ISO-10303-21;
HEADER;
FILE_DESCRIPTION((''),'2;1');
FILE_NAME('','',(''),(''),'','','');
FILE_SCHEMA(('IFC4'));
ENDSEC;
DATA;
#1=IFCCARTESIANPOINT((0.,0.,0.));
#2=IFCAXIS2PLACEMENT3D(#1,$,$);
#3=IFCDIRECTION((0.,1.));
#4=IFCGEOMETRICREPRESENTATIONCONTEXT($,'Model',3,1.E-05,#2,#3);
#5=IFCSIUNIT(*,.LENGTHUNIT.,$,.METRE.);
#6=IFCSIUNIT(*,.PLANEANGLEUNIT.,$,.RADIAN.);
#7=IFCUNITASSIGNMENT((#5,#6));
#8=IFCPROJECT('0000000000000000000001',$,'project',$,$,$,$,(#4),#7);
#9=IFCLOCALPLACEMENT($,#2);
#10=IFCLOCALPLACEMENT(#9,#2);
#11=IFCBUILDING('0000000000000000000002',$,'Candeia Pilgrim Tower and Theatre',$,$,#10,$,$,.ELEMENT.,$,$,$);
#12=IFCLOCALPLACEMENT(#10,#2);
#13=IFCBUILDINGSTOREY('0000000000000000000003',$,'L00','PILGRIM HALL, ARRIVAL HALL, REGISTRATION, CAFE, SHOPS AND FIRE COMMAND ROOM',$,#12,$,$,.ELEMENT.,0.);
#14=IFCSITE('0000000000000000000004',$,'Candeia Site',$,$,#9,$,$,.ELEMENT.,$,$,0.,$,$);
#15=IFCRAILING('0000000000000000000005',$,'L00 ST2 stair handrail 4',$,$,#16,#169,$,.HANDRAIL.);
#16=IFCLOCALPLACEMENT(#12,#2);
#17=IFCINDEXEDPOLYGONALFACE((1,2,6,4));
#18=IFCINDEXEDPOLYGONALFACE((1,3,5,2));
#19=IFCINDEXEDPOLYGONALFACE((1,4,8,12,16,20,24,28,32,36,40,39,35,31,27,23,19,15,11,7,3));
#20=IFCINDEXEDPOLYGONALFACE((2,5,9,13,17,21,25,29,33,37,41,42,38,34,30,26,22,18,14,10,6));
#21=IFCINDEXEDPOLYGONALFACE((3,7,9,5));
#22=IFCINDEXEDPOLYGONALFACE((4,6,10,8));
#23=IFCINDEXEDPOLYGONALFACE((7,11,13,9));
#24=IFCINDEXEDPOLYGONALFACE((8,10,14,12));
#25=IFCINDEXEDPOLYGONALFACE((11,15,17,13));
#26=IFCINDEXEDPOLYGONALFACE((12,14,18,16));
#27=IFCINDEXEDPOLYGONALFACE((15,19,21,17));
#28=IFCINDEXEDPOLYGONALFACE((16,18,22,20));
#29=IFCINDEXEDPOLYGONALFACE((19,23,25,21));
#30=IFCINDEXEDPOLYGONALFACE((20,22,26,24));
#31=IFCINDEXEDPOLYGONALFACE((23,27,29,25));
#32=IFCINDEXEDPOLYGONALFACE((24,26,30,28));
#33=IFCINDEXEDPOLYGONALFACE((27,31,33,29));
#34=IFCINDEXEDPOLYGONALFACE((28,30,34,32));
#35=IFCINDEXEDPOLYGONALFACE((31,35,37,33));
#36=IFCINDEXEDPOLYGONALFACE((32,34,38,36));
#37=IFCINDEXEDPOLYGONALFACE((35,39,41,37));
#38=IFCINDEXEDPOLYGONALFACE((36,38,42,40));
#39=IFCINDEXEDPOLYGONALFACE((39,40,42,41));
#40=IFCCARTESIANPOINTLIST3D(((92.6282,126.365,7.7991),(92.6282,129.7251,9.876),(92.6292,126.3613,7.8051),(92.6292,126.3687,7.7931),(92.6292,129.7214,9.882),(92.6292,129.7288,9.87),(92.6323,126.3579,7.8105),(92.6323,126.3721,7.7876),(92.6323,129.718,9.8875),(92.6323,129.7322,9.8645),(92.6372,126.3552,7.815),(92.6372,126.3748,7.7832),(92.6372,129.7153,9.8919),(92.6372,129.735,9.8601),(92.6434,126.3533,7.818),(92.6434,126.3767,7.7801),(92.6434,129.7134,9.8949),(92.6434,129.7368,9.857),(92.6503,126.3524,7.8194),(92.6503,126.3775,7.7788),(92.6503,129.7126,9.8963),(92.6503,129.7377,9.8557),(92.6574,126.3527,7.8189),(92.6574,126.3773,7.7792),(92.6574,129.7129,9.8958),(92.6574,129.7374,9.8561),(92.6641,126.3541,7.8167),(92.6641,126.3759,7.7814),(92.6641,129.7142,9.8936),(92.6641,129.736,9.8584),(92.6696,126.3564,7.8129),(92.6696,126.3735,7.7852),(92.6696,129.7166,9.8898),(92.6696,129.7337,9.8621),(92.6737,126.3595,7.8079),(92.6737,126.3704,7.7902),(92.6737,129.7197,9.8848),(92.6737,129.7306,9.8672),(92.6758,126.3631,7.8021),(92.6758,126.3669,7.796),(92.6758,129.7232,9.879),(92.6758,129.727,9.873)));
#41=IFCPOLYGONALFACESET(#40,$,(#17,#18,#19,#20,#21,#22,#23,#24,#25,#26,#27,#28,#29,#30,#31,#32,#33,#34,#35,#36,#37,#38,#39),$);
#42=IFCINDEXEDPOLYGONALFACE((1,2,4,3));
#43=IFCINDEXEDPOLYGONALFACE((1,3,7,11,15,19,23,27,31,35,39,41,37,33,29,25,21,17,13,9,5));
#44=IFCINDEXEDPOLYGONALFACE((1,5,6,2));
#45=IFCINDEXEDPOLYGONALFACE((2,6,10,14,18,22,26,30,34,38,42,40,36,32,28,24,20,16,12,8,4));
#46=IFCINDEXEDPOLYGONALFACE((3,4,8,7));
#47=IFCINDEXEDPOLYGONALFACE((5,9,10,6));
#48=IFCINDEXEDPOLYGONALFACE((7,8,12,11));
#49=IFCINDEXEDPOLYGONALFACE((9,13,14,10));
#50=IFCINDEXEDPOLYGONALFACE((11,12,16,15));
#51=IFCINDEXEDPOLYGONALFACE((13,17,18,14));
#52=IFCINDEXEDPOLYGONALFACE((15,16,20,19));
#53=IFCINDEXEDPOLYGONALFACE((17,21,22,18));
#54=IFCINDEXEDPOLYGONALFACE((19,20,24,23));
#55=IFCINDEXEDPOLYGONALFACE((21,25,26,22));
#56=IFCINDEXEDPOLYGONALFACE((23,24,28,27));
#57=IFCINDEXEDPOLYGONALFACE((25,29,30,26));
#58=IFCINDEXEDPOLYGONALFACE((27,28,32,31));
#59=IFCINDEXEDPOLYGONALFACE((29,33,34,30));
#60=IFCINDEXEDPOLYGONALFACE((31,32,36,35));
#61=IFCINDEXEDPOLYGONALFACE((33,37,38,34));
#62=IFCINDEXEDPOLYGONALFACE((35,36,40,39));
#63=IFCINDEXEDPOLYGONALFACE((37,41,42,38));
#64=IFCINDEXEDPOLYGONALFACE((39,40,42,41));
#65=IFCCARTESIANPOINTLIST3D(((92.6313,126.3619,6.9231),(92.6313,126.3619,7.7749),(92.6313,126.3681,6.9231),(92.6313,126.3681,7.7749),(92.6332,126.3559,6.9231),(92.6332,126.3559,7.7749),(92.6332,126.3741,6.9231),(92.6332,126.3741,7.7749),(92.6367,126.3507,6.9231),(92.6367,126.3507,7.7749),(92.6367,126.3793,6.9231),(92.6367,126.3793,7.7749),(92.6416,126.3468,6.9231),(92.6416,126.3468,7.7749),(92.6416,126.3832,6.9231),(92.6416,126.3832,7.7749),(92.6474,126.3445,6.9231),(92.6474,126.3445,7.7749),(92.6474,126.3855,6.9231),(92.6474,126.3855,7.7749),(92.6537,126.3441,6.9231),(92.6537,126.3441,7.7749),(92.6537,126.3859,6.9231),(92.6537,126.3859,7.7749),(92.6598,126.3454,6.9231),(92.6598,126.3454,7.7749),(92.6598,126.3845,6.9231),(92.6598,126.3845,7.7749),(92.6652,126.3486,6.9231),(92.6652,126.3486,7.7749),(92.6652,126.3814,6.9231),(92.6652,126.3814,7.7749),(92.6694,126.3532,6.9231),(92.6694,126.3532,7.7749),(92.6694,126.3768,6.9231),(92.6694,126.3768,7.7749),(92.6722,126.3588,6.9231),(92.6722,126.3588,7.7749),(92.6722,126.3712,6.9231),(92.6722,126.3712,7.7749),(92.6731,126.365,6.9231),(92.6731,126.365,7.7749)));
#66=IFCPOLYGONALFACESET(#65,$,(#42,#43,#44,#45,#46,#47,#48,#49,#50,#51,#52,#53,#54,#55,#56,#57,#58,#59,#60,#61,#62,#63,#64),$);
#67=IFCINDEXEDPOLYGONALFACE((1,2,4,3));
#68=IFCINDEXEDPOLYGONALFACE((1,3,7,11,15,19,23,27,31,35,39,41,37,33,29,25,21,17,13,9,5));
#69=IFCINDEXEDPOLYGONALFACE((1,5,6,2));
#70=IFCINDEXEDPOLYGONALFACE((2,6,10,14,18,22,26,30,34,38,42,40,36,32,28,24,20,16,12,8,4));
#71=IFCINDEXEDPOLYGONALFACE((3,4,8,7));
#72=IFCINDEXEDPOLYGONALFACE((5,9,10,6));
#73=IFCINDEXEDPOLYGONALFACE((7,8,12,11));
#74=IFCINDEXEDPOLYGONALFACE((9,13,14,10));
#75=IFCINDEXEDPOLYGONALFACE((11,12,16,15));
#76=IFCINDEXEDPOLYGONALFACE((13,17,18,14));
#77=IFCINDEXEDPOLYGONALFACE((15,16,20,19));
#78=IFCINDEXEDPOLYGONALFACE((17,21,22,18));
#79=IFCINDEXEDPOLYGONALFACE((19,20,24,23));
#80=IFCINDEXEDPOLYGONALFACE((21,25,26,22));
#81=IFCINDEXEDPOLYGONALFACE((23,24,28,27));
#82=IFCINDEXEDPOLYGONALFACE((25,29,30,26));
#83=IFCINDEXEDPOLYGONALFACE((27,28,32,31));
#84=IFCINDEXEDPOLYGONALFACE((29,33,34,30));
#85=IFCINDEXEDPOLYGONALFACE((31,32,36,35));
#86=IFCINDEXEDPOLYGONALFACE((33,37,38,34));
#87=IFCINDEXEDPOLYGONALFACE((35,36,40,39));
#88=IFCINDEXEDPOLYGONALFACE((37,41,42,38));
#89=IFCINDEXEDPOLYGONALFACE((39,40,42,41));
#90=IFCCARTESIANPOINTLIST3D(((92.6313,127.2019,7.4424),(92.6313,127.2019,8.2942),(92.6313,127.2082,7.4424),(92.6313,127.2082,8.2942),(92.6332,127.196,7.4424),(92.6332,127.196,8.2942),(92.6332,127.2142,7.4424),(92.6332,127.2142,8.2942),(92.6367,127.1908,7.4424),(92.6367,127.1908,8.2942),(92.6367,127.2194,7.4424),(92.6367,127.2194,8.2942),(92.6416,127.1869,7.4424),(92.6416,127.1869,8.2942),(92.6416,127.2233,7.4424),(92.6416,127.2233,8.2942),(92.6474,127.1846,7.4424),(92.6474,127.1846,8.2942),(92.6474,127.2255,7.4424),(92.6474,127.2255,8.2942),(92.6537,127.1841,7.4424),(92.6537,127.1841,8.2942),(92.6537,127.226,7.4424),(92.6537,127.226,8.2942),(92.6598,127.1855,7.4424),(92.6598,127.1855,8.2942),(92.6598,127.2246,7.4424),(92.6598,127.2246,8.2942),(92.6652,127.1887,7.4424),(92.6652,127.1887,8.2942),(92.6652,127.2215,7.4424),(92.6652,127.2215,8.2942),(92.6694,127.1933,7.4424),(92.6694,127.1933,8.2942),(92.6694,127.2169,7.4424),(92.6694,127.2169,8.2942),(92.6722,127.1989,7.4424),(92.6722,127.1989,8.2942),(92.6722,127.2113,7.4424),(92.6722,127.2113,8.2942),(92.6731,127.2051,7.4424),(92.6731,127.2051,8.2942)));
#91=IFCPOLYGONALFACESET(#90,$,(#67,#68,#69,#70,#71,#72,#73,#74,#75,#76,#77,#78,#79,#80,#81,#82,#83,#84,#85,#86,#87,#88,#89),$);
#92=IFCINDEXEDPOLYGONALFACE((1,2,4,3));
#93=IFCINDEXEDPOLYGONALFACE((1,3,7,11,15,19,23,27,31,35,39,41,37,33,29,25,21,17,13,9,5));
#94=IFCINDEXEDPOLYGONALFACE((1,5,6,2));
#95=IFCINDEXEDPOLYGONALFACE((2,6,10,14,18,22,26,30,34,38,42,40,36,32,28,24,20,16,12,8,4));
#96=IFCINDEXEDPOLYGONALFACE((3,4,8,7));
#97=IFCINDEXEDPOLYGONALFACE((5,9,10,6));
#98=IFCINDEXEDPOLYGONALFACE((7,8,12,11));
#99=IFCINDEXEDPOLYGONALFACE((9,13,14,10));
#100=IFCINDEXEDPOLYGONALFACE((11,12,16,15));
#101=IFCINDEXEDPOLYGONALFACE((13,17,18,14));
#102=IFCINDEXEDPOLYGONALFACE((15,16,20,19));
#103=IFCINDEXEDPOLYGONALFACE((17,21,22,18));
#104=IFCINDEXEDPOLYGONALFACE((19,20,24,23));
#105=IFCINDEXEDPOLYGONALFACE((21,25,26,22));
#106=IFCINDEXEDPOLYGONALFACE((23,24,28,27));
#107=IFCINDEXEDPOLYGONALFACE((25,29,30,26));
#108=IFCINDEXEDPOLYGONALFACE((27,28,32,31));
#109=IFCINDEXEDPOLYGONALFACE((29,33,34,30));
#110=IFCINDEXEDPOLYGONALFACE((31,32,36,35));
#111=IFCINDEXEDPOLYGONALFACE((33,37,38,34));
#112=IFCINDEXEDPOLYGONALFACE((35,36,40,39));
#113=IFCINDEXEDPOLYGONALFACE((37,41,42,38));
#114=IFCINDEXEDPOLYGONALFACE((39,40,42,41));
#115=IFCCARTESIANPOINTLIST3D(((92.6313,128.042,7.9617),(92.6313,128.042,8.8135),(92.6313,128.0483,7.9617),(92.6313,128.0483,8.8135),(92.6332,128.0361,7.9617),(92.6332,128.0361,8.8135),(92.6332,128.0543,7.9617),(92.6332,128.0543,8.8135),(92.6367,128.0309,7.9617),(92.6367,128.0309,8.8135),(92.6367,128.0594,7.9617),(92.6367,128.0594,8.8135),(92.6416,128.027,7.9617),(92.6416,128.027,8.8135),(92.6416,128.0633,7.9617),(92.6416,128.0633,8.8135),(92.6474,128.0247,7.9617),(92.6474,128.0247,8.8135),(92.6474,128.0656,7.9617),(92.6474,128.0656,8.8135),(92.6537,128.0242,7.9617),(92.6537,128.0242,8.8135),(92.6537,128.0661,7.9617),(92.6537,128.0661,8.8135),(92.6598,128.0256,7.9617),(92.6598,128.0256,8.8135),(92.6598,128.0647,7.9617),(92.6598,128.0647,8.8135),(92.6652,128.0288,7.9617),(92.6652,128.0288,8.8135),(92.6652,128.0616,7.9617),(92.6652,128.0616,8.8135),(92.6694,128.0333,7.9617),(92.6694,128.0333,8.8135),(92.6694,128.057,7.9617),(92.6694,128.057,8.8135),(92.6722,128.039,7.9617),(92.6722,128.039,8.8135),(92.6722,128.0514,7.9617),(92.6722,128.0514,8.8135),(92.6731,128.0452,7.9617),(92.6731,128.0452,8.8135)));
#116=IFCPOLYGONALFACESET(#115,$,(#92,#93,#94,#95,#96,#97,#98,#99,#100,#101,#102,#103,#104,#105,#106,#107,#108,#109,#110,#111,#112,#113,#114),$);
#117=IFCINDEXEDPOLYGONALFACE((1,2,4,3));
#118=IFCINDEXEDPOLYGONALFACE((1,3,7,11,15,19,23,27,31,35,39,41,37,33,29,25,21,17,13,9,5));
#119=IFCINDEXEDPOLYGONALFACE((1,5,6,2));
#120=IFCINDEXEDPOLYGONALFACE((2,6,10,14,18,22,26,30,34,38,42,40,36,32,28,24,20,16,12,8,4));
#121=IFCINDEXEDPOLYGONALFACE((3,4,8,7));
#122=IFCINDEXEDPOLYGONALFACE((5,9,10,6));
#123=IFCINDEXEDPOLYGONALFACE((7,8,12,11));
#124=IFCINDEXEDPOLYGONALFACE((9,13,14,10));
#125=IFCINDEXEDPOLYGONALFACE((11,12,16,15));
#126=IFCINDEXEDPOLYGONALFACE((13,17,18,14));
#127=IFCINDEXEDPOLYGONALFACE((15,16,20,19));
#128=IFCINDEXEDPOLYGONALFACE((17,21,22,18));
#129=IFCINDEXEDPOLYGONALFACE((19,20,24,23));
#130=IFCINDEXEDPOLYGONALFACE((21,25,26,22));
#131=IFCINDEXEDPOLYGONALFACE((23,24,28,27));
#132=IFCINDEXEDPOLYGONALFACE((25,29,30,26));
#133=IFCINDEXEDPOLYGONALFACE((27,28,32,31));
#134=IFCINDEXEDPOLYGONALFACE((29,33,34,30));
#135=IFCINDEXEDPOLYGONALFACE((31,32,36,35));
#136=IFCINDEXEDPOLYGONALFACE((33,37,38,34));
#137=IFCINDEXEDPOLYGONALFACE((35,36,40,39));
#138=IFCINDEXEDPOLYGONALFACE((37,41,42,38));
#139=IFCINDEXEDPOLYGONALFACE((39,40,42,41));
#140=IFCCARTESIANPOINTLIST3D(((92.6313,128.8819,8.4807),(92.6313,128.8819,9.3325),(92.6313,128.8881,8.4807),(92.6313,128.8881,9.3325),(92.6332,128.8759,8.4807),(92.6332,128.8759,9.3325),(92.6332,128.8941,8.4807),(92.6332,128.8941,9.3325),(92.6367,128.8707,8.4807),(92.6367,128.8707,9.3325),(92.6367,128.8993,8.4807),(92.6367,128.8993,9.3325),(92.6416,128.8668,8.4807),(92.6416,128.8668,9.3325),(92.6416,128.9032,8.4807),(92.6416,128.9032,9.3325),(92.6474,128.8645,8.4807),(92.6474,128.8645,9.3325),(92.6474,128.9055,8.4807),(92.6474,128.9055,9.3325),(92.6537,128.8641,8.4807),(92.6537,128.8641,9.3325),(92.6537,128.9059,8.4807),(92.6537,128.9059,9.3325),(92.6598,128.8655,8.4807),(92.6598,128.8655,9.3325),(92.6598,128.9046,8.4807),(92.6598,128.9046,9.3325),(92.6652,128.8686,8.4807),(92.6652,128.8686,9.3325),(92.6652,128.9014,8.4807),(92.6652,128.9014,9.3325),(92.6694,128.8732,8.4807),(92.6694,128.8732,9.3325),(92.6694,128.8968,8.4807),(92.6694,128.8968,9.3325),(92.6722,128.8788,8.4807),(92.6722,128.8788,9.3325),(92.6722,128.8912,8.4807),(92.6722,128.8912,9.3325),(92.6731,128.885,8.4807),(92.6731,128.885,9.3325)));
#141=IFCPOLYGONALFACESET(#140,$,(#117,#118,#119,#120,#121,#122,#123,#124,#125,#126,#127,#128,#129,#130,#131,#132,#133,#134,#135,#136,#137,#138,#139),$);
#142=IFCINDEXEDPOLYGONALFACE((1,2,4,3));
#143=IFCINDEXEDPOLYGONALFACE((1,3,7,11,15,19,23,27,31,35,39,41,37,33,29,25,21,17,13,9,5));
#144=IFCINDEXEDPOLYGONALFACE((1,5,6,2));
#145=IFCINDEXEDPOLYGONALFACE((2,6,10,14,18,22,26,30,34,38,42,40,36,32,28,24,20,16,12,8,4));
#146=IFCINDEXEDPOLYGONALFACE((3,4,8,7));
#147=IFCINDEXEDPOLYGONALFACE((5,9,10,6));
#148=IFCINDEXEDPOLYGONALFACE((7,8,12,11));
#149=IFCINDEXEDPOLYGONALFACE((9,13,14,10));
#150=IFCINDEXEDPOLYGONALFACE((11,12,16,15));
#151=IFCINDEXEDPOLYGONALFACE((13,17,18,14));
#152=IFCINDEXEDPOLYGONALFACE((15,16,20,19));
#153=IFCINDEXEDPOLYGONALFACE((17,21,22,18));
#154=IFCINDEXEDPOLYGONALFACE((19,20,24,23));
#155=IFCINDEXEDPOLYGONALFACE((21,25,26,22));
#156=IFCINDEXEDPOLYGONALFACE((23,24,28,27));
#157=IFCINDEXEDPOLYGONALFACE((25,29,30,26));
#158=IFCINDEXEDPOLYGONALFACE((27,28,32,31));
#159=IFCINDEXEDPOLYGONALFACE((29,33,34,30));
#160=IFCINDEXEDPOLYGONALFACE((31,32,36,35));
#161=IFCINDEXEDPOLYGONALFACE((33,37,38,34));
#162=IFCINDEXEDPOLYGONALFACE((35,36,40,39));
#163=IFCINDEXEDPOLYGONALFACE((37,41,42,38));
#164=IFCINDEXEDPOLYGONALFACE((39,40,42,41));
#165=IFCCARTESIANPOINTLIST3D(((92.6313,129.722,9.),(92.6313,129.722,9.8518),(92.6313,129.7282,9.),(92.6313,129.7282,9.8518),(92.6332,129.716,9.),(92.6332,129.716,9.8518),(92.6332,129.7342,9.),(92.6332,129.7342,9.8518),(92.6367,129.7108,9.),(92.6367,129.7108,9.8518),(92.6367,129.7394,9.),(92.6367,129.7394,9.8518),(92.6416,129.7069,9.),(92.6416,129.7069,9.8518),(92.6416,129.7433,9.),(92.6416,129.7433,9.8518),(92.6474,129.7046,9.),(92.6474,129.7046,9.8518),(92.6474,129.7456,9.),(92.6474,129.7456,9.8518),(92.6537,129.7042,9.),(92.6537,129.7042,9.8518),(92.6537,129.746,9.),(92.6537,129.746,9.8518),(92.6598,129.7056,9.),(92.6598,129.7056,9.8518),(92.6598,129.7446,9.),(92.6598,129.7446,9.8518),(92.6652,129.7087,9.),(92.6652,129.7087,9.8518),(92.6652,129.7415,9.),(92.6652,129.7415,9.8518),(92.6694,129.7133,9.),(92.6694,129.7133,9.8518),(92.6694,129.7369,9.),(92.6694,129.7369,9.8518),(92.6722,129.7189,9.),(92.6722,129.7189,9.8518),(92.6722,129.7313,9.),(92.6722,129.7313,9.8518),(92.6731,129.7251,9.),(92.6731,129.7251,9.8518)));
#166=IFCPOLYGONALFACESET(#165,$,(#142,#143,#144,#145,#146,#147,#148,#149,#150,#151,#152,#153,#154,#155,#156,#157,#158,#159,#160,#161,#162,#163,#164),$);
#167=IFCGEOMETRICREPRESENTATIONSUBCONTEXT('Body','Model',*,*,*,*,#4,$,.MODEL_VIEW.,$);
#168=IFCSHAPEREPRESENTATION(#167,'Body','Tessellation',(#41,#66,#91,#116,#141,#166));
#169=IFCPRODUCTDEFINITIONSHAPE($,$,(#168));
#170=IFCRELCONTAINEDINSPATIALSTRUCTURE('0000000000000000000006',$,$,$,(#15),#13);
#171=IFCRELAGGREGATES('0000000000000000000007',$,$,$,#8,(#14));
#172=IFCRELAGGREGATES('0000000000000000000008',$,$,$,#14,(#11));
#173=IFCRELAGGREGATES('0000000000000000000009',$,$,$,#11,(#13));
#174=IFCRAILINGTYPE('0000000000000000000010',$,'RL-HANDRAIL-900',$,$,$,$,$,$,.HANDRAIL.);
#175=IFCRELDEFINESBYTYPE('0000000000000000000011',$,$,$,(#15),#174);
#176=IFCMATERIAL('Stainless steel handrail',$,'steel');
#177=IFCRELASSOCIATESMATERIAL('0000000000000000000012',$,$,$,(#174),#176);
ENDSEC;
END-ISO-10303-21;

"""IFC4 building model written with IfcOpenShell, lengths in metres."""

from ifc_helpers import new_model, si_unit, direction, frame, origin, origin_2d, place, context, subcontext, project, spatial, circle, extrude, material, type_object, element, save


model = new_model("IFC4")

# Units and contexts
model_context = context("Model", 3, precision=1e-05, world=origin(), true_north=direction((0.0, 1.0)))
body_context = subcontext(model_context, "Body", "Model", "MODEL_VIEW")
ifc_project = project(units=[si_unit("LENGTHUNIT", "METRE"), si_unit("PLANEANGLEUNIT", "RADIAN")], contexts=[model_context])

# Site, building, storey
site_placement = place(None, origin())
site = spatial("IfcSite", under=ifc_project, at=site_placement, Name="Candeia Site", CompositionType="ELEMENT", RefElevation=0.0)
building_placement = place(site_placement, origin())
building = spatial("IfcBuilding", under=site, at=building_placement, Name="Candeia Pilgrim Tower and Theatre", CompositionType="ELEMENT")
storey_placement = place(building_placement, origin())
storey = spatial("IfcBuildingStorey", under=building, at=storey_placement, Name="L00", Description="PILGRIM HALL, ARRIVAL HALL, REGISTRATION, CAFE, SHOPS AND FIRE COMMAND ROOM", CompositionType="ELEMENT", Elevation=0.0)

# Railing
ifc_material_1 = material(Name="Stainless steel handrail", Category="steel")
railing_type_1 = type_object("IfcRailingType", Name="RL-HANDRAIL-900", PredefinedType="HANDRAIL", material=ifc_material_1)
for number, where, name in (
    (1, (92.6521, 126.365, 6.9231), "L00 ST2 stair handrail 4"),
):
    element("IfcRailing", number, at=place(storey_placement, frame(where)), inside=storey, type_object=railing_type_1, Name=name, PredefinedType="HANDRAIL", context=body_context, shape_type="SweptSolid", body=[
        extrude(circle(Radius=0.0239, at=origin_2d()), frame((0.0, 0.0, 0.876), z_axis=(0.0, 0.850623, 0.525776), x_axis=(-1.0, 0.0, 0.0)), (0.0, 0.0, 1.0), 3.9502),
        extrude(circle(Radius=0.021, at=origin_2d()), origin(), (0.0, 0.0, 1.0), 0.8518),
        extrude(circle(Radius=0.021, at=origin_2d()), frame((0.0, 0.8401, 0.5193)), (0.0, 0.0, 1.0), 0.8518),
        extrude(circle(Radius=0.021, at=origin_2d()), frame((0.0, 1.6802, 1.0386)), (0.0, 0.0, 1.0), 0.8518),
        extrude(circle(Radius=0.021, at=origin_2d()), frame((0.0, 2.52, 1.5576)), (0.0, 0.0, 1.0), 0.8518),
        extrude(circle(Radius=0.021, at=origin_2d()), frame((0.0, 3.3601, 2.0769)), (0.0, 0.0, 1.0), 0.8518),
    ])

save(model, "model.ifc")
